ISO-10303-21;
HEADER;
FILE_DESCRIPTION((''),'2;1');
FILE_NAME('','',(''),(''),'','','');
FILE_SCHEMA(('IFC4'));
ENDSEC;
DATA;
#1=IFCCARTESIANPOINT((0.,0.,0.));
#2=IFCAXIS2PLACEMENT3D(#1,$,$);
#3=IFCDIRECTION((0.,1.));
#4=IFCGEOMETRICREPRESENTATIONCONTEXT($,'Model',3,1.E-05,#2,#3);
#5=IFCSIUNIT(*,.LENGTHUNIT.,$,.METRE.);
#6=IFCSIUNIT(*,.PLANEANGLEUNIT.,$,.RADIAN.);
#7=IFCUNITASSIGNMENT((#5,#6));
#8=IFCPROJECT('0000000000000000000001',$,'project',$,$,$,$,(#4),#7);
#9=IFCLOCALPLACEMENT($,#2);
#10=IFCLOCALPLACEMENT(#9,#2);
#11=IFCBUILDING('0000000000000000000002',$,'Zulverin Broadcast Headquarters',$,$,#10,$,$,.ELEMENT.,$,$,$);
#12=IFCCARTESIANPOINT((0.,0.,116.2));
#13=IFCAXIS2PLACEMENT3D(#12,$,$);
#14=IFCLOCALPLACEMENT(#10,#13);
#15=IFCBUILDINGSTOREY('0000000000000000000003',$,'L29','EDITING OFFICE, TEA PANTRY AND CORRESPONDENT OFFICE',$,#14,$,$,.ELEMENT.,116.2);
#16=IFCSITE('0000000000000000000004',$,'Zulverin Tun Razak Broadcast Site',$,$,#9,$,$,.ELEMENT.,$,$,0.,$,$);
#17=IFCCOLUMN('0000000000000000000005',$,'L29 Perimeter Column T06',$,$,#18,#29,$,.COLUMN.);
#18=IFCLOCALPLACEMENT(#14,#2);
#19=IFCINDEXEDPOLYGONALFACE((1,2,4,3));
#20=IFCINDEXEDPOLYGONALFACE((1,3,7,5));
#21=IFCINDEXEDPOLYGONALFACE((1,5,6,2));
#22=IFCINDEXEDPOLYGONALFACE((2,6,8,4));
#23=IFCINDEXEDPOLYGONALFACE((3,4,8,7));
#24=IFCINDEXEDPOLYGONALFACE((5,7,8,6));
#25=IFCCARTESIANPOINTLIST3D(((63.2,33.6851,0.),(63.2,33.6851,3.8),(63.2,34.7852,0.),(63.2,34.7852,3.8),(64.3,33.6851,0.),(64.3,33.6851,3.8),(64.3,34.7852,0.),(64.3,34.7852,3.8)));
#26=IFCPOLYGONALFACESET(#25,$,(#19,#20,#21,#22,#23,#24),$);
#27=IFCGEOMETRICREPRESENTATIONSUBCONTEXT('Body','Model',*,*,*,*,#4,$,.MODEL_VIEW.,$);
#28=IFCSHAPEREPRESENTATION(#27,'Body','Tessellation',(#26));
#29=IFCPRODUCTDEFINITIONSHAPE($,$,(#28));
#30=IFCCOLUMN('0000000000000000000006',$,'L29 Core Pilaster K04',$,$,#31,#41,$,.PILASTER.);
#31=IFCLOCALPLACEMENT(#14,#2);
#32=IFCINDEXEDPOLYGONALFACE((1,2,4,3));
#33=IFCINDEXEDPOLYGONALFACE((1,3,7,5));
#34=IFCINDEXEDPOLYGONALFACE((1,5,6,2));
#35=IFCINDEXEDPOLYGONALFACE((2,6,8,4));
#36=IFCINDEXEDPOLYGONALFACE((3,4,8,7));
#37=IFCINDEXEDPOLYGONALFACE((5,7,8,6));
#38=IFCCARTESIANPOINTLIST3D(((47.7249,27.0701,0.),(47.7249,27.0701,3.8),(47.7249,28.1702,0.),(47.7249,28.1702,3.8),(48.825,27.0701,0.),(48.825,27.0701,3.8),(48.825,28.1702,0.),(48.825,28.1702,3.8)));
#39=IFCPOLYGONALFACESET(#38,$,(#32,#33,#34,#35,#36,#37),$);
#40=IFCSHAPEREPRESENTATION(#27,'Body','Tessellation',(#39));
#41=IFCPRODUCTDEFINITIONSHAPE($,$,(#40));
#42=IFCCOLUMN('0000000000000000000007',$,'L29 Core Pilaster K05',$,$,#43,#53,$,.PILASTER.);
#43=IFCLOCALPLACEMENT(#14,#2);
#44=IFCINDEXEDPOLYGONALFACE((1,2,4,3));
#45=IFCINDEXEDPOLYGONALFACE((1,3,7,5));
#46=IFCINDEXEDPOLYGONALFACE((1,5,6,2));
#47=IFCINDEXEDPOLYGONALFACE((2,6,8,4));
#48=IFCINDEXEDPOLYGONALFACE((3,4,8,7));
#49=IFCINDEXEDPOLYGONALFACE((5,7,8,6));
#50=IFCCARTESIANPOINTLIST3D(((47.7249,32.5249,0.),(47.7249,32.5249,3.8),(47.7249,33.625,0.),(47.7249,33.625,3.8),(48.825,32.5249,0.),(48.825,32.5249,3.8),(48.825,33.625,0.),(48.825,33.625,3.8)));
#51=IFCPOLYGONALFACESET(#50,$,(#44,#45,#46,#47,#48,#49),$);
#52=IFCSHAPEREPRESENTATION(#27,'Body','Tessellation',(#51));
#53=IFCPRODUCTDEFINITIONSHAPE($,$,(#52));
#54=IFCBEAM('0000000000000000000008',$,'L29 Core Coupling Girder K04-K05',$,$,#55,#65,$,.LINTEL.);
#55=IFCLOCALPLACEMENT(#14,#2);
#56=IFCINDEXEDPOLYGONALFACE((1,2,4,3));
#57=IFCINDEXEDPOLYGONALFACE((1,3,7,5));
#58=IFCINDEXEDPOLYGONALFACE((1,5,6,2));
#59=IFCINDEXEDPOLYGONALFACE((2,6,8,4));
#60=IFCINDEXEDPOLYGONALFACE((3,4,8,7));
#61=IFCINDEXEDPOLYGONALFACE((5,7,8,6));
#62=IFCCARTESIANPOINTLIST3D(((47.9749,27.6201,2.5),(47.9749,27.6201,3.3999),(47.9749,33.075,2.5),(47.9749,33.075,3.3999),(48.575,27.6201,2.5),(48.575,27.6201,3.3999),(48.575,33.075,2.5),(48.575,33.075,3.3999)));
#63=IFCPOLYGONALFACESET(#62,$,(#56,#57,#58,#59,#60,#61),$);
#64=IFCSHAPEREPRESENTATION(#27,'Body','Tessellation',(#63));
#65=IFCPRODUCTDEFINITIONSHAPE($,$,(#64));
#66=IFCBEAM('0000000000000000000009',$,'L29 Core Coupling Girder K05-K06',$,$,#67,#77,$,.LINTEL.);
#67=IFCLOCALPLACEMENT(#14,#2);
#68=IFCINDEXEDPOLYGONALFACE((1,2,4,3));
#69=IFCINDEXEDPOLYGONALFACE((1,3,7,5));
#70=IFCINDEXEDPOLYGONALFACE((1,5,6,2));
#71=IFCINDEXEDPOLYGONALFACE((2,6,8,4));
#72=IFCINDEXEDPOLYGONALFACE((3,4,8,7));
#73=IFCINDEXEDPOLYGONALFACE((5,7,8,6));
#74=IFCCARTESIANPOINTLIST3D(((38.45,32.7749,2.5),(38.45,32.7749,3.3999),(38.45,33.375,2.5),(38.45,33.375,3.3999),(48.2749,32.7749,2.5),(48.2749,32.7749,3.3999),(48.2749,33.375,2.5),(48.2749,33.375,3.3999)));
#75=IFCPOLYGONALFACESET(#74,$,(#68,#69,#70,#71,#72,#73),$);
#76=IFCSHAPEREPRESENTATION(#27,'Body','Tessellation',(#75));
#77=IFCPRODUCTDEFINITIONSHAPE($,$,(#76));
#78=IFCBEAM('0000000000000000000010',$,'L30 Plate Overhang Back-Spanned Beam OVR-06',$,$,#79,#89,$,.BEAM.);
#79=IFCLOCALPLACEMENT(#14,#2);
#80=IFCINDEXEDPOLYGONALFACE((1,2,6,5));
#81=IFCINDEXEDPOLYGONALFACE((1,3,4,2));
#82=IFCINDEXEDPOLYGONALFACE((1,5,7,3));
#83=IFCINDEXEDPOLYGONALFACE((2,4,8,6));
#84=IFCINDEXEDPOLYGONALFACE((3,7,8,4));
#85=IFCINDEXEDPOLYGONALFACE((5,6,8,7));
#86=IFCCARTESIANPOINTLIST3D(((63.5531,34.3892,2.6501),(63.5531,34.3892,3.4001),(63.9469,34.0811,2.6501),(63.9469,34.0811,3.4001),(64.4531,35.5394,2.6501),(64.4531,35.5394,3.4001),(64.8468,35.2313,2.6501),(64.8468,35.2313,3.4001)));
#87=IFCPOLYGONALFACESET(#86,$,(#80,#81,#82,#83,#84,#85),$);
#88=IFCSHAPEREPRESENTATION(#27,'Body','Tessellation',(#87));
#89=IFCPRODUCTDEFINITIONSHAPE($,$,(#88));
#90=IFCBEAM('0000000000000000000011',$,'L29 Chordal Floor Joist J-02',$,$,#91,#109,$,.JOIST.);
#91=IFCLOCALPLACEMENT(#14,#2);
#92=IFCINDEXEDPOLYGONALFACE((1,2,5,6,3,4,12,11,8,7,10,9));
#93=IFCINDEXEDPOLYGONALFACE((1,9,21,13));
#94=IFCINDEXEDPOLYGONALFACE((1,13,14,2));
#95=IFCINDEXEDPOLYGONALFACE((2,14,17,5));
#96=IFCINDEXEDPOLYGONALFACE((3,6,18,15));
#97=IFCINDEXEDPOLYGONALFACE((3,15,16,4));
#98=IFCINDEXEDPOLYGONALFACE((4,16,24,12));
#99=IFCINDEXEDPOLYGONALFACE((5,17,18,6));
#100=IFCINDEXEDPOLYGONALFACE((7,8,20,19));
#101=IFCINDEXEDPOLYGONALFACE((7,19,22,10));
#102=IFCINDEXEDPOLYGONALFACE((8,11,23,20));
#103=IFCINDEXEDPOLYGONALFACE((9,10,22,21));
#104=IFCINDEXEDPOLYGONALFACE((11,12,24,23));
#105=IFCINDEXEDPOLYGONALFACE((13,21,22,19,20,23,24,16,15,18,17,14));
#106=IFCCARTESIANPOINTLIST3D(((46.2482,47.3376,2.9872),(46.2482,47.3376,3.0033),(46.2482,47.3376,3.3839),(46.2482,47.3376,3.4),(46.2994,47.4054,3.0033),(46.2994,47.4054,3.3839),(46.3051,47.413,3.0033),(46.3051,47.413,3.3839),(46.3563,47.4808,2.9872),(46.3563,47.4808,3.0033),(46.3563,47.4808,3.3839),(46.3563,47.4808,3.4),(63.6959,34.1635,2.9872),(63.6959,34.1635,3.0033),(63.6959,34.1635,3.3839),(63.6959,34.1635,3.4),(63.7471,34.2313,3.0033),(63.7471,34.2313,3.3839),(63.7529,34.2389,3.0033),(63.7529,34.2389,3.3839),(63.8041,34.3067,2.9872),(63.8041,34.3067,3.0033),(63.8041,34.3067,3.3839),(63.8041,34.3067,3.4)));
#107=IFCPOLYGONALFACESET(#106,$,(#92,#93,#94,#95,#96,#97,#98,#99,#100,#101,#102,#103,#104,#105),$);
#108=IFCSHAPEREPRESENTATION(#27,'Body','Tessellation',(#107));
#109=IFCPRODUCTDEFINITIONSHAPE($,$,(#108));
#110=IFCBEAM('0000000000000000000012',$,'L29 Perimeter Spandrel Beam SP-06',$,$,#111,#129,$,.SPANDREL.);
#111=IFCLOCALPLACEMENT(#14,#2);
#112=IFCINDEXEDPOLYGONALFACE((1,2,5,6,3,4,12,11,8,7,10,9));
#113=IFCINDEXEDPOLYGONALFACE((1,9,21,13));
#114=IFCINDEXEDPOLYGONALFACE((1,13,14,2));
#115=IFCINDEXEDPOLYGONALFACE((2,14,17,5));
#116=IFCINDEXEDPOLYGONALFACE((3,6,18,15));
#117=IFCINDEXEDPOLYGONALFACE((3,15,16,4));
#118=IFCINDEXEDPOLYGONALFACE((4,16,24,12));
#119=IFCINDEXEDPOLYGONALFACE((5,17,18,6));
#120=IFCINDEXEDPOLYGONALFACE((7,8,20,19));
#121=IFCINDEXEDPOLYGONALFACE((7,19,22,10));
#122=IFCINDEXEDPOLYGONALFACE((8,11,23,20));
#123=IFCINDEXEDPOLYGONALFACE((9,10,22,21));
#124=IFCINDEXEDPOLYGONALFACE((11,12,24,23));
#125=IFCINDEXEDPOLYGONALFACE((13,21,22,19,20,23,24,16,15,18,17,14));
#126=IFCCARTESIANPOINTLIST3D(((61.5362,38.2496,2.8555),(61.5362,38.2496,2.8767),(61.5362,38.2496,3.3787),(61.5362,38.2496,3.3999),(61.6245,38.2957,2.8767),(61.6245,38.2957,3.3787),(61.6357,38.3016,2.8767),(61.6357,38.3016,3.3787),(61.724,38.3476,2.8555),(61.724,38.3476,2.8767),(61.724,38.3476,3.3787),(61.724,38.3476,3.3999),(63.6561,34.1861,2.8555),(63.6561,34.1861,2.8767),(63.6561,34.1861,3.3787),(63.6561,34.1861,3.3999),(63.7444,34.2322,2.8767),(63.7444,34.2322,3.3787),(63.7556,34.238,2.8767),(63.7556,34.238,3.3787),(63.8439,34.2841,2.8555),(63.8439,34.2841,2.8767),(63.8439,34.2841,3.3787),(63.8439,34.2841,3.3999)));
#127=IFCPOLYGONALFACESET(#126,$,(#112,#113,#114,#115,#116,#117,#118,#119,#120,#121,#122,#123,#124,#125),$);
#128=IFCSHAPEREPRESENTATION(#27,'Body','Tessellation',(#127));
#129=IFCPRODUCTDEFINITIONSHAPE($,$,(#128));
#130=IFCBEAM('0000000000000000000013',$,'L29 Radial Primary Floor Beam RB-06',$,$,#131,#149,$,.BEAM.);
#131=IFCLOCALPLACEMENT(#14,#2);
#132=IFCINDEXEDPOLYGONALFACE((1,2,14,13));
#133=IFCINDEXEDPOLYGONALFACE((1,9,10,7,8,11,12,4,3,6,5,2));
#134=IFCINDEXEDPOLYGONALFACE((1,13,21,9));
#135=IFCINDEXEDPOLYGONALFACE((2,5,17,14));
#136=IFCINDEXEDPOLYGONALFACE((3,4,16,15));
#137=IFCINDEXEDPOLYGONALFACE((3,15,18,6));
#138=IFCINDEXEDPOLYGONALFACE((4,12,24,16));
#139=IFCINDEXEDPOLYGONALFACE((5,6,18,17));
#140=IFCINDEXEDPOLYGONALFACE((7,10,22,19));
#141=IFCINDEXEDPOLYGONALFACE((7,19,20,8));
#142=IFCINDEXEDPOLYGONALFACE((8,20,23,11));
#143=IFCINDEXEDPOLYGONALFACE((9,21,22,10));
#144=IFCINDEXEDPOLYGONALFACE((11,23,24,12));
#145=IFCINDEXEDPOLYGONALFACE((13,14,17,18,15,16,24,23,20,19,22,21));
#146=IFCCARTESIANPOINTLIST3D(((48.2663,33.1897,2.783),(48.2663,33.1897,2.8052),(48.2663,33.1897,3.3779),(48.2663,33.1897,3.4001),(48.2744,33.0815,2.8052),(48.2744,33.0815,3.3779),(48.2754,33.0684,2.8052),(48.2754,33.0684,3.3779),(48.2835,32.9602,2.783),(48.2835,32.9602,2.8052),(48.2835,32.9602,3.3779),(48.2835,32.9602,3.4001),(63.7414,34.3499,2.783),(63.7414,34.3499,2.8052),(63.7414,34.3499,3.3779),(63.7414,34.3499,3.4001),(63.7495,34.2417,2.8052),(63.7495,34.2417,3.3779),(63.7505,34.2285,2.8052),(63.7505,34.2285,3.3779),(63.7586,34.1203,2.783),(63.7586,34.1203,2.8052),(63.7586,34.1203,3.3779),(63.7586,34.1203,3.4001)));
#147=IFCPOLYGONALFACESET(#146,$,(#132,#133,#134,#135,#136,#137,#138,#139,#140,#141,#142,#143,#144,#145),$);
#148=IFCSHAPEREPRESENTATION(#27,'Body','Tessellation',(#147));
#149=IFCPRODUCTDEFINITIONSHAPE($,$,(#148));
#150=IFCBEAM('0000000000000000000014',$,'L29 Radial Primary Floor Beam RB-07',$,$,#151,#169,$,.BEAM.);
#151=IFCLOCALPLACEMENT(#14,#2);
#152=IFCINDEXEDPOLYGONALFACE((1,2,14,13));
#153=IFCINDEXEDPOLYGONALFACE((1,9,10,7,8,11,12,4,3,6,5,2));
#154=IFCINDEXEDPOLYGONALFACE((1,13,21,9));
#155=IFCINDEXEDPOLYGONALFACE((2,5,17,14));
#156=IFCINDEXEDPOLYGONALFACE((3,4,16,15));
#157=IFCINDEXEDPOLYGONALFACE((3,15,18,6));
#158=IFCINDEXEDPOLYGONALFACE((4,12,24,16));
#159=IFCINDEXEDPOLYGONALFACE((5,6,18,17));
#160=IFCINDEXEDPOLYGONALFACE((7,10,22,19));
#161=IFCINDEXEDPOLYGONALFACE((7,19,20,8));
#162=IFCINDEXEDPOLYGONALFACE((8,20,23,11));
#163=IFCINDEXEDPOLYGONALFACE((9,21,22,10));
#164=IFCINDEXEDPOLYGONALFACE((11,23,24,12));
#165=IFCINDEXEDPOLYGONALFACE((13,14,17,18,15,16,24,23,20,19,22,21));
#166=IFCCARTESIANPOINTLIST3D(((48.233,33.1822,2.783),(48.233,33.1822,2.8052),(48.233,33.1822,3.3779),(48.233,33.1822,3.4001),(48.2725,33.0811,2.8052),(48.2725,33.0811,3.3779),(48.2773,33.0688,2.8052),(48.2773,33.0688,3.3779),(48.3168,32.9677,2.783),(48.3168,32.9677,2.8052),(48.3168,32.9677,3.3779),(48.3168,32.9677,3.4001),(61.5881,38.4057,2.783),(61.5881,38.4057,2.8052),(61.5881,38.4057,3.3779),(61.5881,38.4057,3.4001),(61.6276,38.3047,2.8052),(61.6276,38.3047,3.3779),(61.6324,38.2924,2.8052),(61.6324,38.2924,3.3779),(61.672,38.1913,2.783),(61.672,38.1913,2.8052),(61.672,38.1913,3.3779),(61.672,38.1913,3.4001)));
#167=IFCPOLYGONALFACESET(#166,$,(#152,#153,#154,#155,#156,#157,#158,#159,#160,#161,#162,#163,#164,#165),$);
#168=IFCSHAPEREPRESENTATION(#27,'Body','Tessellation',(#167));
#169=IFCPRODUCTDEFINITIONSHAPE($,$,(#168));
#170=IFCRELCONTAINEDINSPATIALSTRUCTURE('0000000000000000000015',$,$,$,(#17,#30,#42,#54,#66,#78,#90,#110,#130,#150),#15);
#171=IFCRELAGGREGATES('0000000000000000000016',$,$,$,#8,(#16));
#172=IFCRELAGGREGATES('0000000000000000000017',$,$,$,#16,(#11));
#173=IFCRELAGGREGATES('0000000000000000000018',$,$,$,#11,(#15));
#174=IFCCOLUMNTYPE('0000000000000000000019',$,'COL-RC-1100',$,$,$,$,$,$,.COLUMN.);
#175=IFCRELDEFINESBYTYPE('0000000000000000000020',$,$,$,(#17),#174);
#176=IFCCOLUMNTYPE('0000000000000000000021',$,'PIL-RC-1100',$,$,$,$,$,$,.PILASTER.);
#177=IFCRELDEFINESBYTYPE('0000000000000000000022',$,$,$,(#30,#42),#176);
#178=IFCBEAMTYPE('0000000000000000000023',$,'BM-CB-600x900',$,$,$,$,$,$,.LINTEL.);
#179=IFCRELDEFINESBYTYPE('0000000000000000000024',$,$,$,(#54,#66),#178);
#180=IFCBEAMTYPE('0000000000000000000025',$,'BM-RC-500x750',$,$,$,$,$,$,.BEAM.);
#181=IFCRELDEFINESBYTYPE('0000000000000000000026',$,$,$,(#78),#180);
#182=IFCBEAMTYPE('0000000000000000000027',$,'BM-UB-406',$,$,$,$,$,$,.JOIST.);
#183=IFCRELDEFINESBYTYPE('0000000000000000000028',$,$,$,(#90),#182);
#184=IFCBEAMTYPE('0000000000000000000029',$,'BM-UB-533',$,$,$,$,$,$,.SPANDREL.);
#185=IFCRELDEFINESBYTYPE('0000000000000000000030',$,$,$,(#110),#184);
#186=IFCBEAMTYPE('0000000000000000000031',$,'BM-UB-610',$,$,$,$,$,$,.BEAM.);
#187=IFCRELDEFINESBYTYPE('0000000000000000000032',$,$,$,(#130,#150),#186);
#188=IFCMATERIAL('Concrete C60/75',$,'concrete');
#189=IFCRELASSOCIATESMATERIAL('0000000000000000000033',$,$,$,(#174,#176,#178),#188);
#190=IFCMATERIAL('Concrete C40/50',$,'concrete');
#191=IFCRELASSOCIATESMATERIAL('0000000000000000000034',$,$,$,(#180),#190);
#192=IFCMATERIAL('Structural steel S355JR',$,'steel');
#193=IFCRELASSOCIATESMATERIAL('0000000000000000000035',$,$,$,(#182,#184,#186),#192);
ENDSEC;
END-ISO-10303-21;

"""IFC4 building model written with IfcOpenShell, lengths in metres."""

from ifc_helpers import new_model, si_unit, direction, frame, origin, origin_2d, place, context, subcontext, project, spatial, rectangle, i_section, extrude, material, material_profile, profile_set, type_object, element, save


model = new_model("IFC4")

# Units and contexts
model_context = context("Model", 3, precision=1e-05, world=origin(), true_north=direction((0.0, 1.0)))
body_context = subcontext(model_context, "Body", "Model", "MODEL_VIEW")
ifc_project = project(units=[si_unit("LENGTHUNIT", "METRE"), si_unit("PLANEANGLEUNIT", "RADIAN")], contexts=[model_context])

# Site, building, storey
site_placement = place(None, origin())
site = spatial("IfcSite", under=ifc_project, at=site_placement, Name="Zulverin Tun Razak Broadcast Site", CompositionType="ELEMENT", RefElevation=0.0)
building_placement = place(site_placement, origin())
building = spatial("IfcBuilding", under=site, at=building_placement, Name="Zulverin Broadcast Headquarters", CompositionType="ELEMENT")
storey_placement = place(building_placement, frame((0.0, 0.0, 116.2)))
storey = spatial("IfcBuildingStorey", under=building, at=storey_placement, Name="L29", Description="EDITING OFFICE, TEA PANTRY AND CORRESPONDENT OFFICE", CompositionType="ELEMENT", Elevation=116.2)

# Columns
ifc_material_1 = material(Name="Concrete C60/75", Category="concrete")
ifc_material_profile_1 = material_profile(ifc_material_1, rectangle(XDim=1.1001, YDim=1.1001, at=origin_2d()), Name="Concrete C60/75", Category="concrete")
ifc_profile_set_1 = profile_set([ifc_material_profile_1], Name="Concrete C60/75")
column_type_1 = type_object("IfcColumnType", Name="COL-RC-1100", PredefinedType="COLUMN", material=ifc_profile_set_1)
column_placement = place(storey_placement, frame((63.75, 34.2351, 0.0), z_axis=(0.0, 0.0, 1.0), x_axis=(1.0, 0.0, 0.0)))
element("IfcColumn", 1, at=column_placement, inside=storey, type_object=column_type_1, Name="L29 Perimeter Column T06", PredefinedType="COLUMN", context=body_context, shape_type="SweptSolid", body=[
    extrude(rectangle(XDim=1.1001, YDim=1.1001, at=origin_2d()), origin(), (0.0, 0.0, 1.0), 3.8),
])
ifc_material_profile_2 = material_profile(ifc_material_1, rectangle(XDim=1.1001, YDim=1.1001, at=origin_2d()), Name="Concrete C60/75", Category="concrete")
ifc_profile_set_2 = profile_set([ifc_material_profile_2], Name="Concrete C60/75")
column_type_2 = type_object("IfcColumnType", Name="PIL-RC-1100", PredefinedType="PILASTER", material=ifc_profile_set_2)
for number, where, z_axis, x_axis, name in (
    (2, (48.2749, 27.6201, 0.0), (0.0, 0.0, 1.0), (1.0, 0.0, 0.0), "L29 Core Pilaster K04"),
    (3, (48.2749, 33.075, 0.0), (0.0, 0.0, 1.0), (1.0, 0.0, 0.0), "L29 Core Pilaster K05"),
):
    element("IfcColumn", number, at=place(storey_placement, frame(where, z_axis=z_axis, x_axis=x_axis)), inside=storey, type_object=column_type_2, Name=name, PredefinedType="PILASTER", context=body_context, shape_type="SweptSolid", body=[
        extrude(rectangle(XDim=1.1001, YDim=1.1001, at=origin_2d()), origin(), (0.0, 0.0, 1.0), 3.8),
    ])

# Beams
ifc_material_profile_3 = material_profile(ifc_material_1, rectangle(XDim=0.6001, YDim=0.8999, at=origin_2d()), Name="Concrete C60/75", Category="concrete")
ifc_profile_set_3 = profile_set([ifc_material_profile_3], Name="Concrete C60/75")
beam_type_1 = type_object("IfcBeamType", Name="BM-CB-600x900", PredefinedType="LINTEL", material=ifc_profile_set_3)
beam_1_placement = place(storey_placement, frame((48.2749, 27.6201, 2.95), z_axis=(0.0, 1.0, 0.0), x_axis=(-1.0, 0.0, 0.0)))
element("IfcBeam", 4, at=beam_1_placement, inside=storey, type_object=beam_type_1, Name="L29 Core Coupling Girder K04-K05", PredefinedType="LINTEL", context=body_context, shape_type="SweptSolid", body=[
    extrude(rectangle(XDim=0.6001, YDim=0.8999, at=origin_2d()), origin(), (0.0, 0.0, 1.0), 5.4548),
])
beam_2_placement = place(storey_placement, frame((48.2749, 33.075, 2.95), z_axis=(-1.0, 0.0, 0.0), x_axis=(0.0, -1.0, 0.0)))
element("IfcBeam", 5, at=beam_2_placement, inside=storey, type_object=beam_type_1, Name="L29 Core Coupling Girder K05-K06", PredefinedType="LINTEL", context=body_context, shape_type="SweptSolid", body=[
    extrude(rectangle(XDim=0.6001, YDim=0.8999, at=origin_2d()), origin(), (0.0, 0.0, 1.0), 9.825),
])
ifc_material_2 = material(Name="Concrete C40/50", Category="concrete")
ifc_material_profile_4 = material_profile(ifc_material_2, rectangle(XDim=0.5, YDim=0.75, at=origin_2d()), Name="Concrete C40/50", Category="concrete")
ifc_profile_set_4 = profile_set([ifc_material_profile_4], Name="Concrete C40/50")
beam_type_2 = type_object("IfcBeamType", Name="BM-RC-500x750", PredefinedType="BEAM", material=ifc_profile_set_4)
beam_3_placement = place(storey_placement, frame((63.75, 34.2351, 3.0251), z_axis=(0.616218, 0.787576, 0.0), x_axis=(-0.787576, 0.616218, 0.0)))
element("IfcBeam", 6, at=beam_3_placement, inside=storey, type_object=beam_type_2, Name="L30 Plate Overhang Back-Spanned Beam OVR-06", PredefinedType="BEAM", context=body_context, shape_type="SweptSolid", body=[
    extrude(rectangle(XDim=0.5, YDim=0.75, at=origin_2d()), origin(), (0.0, 0.0, 1.0), 1.4604),
])
ifc_material_3 = material(Name="Structural steel S355JR", Category="steel")
ifc_material_profile_5 = material_profile(ifc_material_3, i_section(OverallWidth=0.1794, OverallDepth=0.4128, WebThickness=0.0095, FlangeThickness=0.0161, at=origin_2d()), Name="Structural steel S355JR", Category="steel")
ifc_profile_set_5 = profile_set([ifc_material_profile_5], Name="Structural steel S355JR")
beam_type_3 = type_object("IfcBeamType", Name="BM-UB-406", PredefinedType="JOIST", material=ifc_profile_set_5)
beam_4_placement = place(storey_placement, frame((63.75, 34.2351, 3.1936), z_axis=(-0.798058, 0.60258, 0.0), x_axis=(-0.60258, -0.798058, 0.0)))
element("IfcBeam", 7, at=beam_4_placement, inside=storey, type_object=beam_type_3, Name="L29 Chordal Floor Joist J-02", PredefinedType="JOIST", context=body_context, shape_type="SweptSolid", body=[
    extrude(i_section(OverallWidth=0.1794, OverallDepth=0.4128, WebThickness=0.0095, FlangeThickness=0.0161, at=origin_2d()), origin(), (0.0, 0.0, 1.0), 21.8628),
])
ifc_material_profile_6 = material_profile(ifc_material_3, i_section(OverallWidth=0.2119, OverallDepth=0.5444, WebThickness=0.0127, FlangeThickness=0.0212, at=origin_2d()), Name="Structural steel S355JR", Category="steel")
ifc_profile_set_6 = profile_set([ifc_material_profile_6], Name="Structural steel S355JR")
beam_type_4 = type_object("IfcBeamType", Name="BM-UB-533", PredefinedType="SPANDREL", material=ifc_profile_set_6)
beam_5_placement = place(storey_placement, frame((63.75, 34.2351, 3.1277), z_axis=(-0.462531, 0.886603, 0.0), x_axis=(-0.886603, -0.462531, 0.0)))
element("IfcBeam", 8, at=beam_5_placement, inside=storey, type_object=beam_type_4, Name="L29 Perimeter Spandrel Beam SP-06", PredefinedType="SPANDREL", context=body_context, shape_type="SweptSolid", body=[
    extrude(i_section(OverallWidth=0.2119, OverallDepth=0.5444, WebThickness=0.0127, FlangeThickness=0.0212, at=origin_2d()), origin(), (0.0, 0.0, 1.0), 4.5833),
])
ifc_material_profile_7 = material_profile(ifc_material_3, i_section(OverallWidth=0.2302, OverallDepth=0.6172, WebThickness=0.0132, FlangeThickness=0.0222, at=origin_2d()), Name="Structural steel S355JR", Category="steel")
ifc_profile_set_7 = profile_set([ifc_material_profile_7], Name="Structural steel S355JR")
beam_type_5 = type_object("IfcBeamType", Name="BM-UB-610", PredefinedType="BEAM", material=ifc_profile_set_7)
beam_6_placement = place(storey_placement, frame((48.2749, 33.075, 3.0916), z_axis=(0.997202, 0.074759, 0.0), x_axis=(-0.074759, 0.997202, 0.0)))
element("IfcBeam", 9, at=beam_6_placement, inside=storey, type_object=beam_type_5, Name="L29 Radial Primary Floor Beam RB-06", PredefinedType="BEAM", context=body_context, shape_type="SweptSolid", body=[
    extrude(i_section(OverallWidth=0.2302, OverallDepth=0.6172, WebThickness=0.0132, FlangeThickness=0.0222, at=origin_2d()), origin(), (0.0, 0.0, 1.0), 15.5186),
])
beam_7_placement = place(storey_placement, frame((48.2749, 33.075, 3.0916), z_axis=(0.931298, 0.364259, 0.0), x_axis=(-0.364259, 0.931298, 0.0)))
element("IfcBeam", 10, at=beam_7_placement, inside=storey, type_object=beam_type_5, Name="L29 Radial Primary Floor Beam RB-07", PredefinedType="BEAM", context=body_context, shape_type="SweptSolid", body=[
    extrude(i_section(OverallWidth=0.2302, OverallDepth=0.6172, WebThickness=0.0132, FlangeThickness=0.0222, at=origin_2d()), origin(), (0.0, 0.0, 1.0), 14.3403),
])

save(model, "model.ifc")
